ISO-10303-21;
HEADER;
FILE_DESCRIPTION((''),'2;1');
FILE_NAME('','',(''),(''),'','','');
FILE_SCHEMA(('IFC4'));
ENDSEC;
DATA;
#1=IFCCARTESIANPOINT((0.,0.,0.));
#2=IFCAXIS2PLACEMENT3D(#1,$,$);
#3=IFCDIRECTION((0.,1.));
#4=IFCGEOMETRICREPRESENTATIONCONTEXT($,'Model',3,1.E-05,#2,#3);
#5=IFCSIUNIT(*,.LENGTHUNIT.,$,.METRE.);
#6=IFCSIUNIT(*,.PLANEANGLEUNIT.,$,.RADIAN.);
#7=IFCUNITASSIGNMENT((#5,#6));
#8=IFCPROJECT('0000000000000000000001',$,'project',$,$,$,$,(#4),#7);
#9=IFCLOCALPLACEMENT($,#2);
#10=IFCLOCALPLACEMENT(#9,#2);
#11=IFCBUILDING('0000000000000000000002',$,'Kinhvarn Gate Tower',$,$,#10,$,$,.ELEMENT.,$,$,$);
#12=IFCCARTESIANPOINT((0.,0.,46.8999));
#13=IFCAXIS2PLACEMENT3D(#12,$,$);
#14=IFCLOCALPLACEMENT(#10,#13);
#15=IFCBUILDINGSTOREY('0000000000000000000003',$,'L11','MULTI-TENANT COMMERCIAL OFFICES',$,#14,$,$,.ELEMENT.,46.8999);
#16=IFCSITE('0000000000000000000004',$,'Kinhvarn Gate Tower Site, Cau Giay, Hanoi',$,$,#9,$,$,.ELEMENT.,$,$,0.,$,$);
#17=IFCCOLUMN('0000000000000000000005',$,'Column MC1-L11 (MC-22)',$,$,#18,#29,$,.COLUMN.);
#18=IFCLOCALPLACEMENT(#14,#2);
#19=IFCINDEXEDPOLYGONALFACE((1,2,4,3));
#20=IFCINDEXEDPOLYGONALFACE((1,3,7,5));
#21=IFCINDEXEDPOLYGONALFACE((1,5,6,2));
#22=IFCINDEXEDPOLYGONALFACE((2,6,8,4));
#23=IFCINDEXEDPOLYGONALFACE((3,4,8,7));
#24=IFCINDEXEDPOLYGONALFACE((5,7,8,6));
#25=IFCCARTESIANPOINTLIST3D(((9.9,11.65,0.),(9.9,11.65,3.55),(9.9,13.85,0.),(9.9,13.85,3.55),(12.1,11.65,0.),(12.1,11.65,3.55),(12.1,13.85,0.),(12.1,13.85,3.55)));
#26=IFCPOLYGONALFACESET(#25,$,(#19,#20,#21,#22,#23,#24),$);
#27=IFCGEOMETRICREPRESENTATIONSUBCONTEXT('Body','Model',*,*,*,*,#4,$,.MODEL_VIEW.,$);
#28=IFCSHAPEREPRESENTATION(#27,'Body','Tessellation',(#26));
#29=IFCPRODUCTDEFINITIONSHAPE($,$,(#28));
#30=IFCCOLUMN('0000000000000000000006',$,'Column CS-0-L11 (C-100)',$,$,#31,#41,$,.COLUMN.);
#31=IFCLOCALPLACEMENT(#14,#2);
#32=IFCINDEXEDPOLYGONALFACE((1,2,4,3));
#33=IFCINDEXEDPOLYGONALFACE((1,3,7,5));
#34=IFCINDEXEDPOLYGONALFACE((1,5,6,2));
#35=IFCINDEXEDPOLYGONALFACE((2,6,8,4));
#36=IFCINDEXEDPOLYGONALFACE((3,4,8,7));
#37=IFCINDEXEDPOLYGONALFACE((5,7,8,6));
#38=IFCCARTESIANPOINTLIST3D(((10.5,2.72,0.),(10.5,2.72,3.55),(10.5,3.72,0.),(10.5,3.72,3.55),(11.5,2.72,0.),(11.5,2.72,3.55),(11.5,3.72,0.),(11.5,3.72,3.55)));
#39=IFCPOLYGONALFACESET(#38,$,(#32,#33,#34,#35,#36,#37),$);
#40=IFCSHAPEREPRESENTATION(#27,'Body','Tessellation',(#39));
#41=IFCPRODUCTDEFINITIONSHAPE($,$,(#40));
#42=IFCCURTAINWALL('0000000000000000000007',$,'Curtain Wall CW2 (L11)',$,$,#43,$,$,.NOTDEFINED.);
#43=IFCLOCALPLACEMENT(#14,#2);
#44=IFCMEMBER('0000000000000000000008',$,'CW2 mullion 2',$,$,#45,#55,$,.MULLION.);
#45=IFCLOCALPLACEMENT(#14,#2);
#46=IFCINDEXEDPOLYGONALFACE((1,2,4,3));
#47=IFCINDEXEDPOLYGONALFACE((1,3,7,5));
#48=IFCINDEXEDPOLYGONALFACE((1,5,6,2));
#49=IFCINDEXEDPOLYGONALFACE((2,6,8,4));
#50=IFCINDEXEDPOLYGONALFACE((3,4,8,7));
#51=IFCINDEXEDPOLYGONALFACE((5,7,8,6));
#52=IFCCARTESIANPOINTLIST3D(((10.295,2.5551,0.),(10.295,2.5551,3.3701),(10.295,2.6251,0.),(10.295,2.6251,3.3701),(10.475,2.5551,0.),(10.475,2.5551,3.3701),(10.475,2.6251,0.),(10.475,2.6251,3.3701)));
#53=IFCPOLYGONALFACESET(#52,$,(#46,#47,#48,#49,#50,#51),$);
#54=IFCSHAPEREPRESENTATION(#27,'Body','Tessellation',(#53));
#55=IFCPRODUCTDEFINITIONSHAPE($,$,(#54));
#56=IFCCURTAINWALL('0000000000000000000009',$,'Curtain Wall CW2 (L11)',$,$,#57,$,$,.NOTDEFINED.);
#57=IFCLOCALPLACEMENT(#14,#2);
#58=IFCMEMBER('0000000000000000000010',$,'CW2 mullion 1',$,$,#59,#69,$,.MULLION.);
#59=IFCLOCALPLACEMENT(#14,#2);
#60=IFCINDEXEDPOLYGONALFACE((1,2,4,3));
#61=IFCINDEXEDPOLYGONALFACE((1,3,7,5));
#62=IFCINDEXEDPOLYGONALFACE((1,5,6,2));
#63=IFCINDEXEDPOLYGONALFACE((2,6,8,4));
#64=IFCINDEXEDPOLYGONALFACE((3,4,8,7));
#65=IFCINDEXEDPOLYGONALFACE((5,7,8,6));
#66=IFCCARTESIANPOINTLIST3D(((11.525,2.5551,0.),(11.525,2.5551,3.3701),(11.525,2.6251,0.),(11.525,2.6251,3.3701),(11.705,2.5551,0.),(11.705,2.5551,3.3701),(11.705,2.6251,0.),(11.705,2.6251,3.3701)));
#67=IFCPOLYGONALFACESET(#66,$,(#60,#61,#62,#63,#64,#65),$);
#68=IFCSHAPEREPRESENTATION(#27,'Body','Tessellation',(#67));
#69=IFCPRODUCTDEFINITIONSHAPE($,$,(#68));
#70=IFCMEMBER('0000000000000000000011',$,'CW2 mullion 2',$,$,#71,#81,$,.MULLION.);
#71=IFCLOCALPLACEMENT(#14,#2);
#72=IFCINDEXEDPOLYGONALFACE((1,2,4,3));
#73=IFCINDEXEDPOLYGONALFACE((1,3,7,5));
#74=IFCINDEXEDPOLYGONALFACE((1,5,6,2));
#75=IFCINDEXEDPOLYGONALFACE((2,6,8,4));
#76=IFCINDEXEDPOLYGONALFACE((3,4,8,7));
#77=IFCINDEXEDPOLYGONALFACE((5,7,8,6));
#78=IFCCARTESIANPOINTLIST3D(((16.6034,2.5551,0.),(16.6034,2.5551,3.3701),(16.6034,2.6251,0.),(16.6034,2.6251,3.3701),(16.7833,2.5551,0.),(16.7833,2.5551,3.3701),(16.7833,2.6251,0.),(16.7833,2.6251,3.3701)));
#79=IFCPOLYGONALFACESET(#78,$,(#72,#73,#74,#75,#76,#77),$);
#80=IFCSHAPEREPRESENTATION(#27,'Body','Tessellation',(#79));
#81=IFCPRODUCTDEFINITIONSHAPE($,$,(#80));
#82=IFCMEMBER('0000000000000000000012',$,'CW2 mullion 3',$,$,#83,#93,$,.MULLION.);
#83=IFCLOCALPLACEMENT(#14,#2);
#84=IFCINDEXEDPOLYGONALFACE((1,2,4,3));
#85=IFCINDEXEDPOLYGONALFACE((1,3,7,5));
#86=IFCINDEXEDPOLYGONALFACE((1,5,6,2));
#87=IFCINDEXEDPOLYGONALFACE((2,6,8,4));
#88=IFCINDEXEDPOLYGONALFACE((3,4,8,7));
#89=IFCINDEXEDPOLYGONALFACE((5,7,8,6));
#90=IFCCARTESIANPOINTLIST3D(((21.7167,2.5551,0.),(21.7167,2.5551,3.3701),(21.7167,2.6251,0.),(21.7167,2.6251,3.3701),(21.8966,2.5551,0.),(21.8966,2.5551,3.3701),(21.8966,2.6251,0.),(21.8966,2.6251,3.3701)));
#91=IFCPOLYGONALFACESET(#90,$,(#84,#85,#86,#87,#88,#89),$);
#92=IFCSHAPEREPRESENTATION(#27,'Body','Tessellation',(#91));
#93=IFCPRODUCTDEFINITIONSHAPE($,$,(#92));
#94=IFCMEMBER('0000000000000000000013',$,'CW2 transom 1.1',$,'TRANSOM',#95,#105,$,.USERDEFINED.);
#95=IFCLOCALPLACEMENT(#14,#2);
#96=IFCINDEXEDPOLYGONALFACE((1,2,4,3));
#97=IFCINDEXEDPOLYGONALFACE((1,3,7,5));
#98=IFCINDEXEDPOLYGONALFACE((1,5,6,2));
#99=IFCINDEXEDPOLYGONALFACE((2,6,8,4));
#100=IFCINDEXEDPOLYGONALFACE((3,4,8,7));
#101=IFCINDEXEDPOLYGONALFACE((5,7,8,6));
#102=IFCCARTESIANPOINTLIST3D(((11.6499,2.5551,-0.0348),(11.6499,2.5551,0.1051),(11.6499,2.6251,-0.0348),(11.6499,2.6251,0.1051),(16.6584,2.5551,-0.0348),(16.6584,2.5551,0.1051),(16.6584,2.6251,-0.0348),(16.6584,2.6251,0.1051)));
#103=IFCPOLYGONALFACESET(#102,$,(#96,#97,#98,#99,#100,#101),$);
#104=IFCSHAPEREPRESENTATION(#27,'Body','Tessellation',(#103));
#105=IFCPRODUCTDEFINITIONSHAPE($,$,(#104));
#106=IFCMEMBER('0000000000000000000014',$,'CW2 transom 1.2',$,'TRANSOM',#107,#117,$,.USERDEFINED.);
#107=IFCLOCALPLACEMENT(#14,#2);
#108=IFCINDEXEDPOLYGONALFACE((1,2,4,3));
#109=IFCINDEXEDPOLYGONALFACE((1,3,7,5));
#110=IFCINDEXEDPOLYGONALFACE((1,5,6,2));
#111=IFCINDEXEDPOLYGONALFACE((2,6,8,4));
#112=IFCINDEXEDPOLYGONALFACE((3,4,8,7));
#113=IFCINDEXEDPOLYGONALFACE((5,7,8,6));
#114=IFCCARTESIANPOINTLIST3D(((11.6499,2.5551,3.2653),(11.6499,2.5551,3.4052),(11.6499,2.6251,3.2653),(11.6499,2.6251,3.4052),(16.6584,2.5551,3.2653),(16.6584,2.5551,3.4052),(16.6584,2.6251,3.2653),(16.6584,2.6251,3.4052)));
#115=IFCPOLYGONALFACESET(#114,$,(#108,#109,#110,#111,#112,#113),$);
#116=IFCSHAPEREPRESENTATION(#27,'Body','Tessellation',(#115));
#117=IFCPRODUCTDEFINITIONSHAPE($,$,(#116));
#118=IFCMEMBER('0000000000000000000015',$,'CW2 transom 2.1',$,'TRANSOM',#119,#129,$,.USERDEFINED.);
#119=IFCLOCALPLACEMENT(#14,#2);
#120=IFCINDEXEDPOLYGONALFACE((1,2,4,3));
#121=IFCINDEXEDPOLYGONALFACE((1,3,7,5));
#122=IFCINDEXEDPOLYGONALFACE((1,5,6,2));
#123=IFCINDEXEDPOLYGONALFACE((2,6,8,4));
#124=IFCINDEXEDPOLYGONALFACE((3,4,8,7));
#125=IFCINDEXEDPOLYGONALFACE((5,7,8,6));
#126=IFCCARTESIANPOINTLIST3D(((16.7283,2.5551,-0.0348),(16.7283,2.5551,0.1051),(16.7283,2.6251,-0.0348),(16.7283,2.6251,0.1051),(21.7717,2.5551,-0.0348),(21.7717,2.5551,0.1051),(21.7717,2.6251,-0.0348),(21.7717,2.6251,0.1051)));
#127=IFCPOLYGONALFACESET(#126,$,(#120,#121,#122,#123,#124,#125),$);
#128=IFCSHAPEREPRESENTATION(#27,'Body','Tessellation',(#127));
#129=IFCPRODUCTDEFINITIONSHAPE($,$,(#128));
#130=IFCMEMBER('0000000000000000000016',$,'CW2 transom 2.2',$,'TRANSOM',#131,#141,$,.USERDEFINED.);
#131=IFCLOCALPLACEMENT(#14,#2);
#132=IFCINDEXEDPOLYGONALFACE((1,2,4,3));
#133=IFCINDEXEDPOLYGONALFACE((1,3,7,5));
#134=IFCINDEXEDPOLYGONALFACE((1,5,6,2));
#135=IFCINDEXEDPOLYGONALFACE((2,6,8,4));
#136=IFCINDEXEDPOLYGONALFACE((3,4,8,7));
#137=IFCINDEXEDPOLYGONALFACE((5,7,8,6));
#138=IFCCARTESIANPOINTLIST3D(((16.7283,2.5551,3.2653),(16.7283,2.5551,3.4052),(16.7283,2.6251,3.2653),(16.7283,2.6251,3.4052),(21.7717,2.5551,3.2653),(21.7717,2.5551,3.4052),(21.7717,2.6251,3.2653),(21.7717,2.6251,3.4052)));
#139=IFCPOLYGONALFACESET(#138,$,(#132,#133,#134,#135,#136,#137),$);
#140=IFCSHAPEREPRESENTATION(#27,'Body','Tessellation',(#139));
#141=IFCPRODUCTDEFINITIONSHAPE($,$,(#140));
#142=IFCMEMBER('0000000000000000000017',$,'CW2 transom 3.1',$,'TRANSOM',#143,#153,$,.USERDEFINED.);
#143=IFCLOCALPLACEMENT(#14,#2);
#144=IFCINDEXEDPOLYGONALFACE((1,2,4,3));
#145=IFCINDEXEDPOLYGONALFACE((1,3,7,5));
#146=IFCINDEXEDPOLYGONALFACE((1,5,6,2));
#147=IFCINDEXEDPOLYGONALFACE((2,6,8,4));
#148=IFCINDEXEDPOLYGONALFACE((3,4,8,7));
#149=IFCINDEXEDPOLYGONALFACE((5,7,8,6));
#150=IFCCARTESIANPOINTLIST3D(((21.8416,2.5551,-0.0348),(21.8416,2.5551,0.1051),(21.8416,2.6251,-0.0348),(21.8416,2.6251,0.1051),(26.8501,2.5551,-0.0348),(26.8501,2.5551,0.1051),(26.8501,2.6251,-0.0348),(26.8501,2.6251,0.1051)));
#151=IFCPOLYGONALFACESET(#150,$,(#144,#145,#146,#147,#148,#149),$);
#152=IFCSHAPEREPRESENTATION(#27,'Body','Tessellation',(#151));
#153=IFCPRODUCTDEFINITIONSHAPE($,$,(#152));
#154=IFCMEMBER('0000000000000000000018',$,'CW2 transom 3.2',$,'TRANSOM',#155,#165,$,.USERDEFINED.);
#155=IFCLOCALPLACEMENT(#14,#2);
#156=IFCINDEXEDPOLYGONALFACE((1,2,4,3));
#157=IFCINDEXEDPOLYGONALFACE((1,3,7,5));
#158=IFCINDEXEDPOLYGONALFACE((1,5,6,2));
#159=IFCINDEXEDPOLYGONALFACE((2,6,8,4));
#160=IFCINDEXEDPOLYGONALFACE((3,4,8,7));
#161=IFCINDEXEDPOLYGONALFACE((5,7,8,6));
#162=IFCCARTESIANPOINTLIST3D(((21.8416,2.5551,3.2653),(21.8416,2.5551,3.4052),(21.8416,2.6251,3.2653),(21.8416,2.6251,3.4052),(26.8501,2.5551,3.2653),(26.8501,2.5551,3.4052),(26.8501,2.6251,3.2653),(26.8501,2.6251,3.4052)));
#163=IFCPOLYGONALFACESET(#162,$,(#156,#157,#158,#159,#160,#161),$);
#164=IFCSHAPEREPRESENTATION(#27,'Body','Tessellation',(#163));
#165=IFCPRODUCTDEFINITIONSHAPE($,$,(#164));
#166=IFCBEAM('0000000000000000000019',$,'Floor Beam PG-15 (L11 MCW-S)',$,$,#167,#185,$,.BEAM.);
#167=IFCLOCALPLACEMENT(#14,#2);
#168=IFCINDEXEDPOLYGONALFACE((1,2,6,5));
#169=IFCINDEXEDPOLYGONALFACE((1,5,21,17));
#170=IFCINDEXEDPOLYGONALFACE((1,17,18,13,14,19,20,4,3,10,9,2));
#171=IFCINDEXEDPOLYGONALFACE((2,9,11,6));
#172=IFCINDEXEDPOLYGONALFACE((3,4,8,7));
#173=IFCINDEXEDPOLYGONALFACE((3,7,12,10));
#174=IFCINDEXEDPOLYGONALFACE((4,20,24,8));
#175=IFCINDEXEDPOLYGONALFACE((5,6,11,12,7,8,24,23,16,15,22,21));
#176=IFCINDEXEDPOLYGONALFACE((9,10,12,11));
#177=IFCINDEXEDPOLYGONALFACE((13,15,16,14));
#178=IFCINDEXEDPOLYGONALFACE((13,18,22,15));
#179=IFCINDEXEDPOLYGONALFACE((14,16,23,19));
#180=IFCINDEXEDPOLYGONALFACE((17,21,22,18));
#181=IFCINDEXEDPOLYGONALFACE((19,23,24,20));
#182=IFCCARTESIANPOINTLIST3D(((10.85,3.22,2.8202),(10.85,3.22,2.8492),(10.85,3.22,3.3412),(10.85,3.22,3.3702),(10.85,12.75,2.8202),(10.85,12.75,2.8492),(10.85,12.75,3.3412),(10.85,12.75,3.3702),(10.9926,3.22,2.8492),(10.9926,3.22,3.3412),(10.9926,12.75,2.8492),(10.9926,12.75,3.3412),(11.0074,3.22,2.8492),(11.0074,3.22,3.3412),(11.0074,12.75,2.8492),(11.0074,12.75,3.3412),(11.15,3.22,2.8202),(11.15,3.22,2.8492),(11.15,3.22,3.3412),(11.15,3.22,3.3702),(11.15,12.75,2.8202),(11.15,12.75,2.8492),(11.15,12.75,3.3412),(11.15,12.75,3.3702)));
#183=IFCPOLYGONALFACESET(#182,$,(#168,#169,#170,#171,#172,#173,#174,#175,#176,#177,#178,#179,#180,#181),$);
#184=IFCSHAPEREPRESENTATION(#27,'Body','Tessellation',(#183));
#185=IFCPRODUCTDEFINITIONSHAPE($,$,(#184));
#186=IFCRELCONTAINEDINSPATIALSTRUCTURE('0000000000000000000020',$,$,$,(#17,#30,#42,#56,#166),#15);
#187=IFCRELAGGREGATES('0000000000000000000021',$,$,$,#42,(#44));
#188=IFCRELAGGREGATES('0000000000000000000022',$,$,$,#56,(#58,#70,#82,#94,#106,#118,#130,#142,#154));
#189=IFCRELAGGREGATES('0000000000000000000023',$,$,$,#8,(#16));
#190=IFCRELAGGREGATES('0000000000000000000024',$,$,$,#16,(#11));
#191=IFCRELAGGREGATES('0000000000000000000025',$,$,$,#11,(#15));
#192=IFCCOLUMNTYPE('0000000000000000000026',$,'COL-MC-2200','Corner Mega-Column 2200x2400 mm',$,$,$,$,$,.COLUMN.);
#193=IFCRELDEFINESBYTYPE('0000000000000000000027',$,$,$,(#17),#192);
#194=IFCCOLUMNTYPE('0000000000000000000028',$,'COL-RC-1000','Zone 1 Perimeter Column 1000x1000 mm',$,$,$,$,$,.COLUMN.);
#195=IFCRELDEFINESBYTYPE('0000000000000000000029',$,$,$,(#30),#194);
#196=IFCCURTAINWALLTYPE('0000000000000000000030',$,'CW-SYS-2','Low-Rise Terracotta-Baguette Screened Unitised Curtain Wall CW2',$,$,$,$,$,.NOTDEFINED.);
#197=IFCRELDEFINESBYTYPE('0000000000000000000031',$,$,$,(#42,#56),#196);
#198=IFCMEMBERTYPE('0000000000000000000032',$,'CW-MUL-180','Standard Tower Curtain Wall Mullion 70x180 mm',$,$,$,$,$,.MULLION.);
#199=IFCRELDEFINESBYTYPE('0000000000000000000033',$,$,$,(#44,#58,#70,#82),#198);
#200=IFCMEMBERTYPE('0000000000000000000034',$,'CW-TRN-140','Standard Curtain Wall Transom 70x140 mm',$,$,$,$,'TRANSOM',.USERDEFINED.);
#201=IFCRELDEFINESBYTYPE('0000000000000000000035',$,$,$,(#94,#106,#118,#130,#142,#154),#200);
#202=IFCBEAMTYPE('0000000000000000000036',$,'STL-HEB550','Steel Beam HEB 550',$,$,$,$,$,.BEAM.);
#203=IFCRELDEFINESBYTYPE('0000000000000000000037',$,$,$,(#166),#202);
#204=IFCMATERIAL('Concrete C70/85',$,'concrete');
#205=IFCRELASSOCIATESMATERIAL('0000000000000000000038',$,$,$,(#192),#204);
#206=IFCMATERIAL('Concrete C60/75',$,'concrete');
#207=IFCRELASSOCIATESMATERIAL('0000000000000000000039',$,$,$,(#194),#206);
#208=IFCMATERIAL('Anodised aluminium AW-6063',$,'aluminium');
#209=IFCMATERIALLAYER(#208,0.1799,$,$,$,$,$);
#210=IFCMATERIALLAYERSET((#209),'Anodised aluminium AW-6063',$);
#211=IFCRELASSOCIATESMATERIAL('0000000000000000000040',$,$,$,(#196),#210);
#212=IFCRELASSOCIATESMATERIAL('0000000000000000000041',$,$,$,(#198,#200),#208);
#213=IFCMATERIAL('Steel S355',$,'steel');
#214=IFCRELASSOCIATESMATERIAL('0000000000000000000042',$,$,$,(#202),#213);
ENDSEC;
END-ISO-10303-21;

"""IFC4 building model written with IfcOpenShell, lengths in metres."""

from ifc_helpers import new_model, si_unit, direction, frame, origin, origin_2d, place, context, subcontext, project, spatial, rectangle, i_section, extrude, material, layer, layer_set, material_profile, profile_set, type_object, element, aggregate, save


model = new_model("IFC4")

# Units and contexts
model_context = context("Model", 3, precision=1e-05, world=origin(), true_north=direction((0.0, 1.0)))
body_context = subcontext(model_context, "Body", "Model", "MODEL_VIEW")
ifc_project = project(units=[si_unit("LENGTHUNIT", "METRE"), si_unit("PLANEANGLEUNIT", "RADIAN")], contexts=[model_context])

# Site, building, storey
site_placement = place(None, origin())
site = spatial("IfcSite", under=ifc_project, at=site_placement, Name="Kinhvarn Gate Tower Site, Cau Giay, Hanoi", CompositionType="ELEMENT", RefElevation=0.0)
building_placement = place(site_placement, origin())
building = spatial("IfcBuilding", under=site, at=building_placement, Name="Kinhvarn Gate Tower", CompositionType="ELEMENT")
storey_placement = place(building_placement, frame((0.0, 0.0, 46.8999)))
storey = spatial("IfcBuildingStorey", under=building, at=storey_placement, Name="L11", Description="MULTI-TENANT COMMERCIAL OFFICES", CompositionType="ELEMENT", Elevation=46.8999)

# Columns
ifc_material_1 = material(Name="Concrete C70/85", Category="concrete")
ifc_material_profile_1 = material_profile(ifc_material_1, rectangle(XDim=2.2, YDim=2.2, at=origin_2d()), Name="RC 2200x2200")
ifc_profile_set_1 = profile_set([ifc_material_profile_1], Name="Concrete C70/85")
column_type_1 = type_object("IfcColumnType", Name="COL-MC-2200", Description="Corner Mega-Column 2200x2400 mm", PredefinedType="COLUMN", material=ifc_profile_set_1)
column_1_placement = place(storey_placement, frame((11.0, 12.75, 0.0), z_axis=(0.0, 0.0, 1.0), x_axis=(1.0, 0.0, 0.0)))
element("IfcColumn", 1, at=column_1_placement, inside=storey, type_object=column_type_1, Name="Column MC1-L11 (MC-22)", PredefinedType="COLUMN", context=body_context, shape_type="SweptSolid", body=[
    extrude(rectangle(XDim=2.2, YDim=2.2, at=origin_2d()), origin(), (0.0, 0.0, 1.0), 3.55),
])
ifc_material_2 = material(Name="Concrete C60/75", Category="concrete")
ifc_material_profile_2 = material_profile(ifc_material_2, rectangle(XDim=1.0, YDim=1.0, at=origin_2d()), Name="RC 1000x1000")
ifc_profile_set_2 = profile_set([ifc_material_profile_2], Name="Concrete C60/75")
column_type_2 = type_object("IfcColumnType", Name="COL-RC-1000", Description="Zone 1 Perimeter Column 1000x1000 mm", PredefinedType="COLUMN", material=ifc_profile_set_2)
column_2_placement = place(storey_placement, frame((11.0, 3.22, 0.0), z_axis=(0.0, 0.0, 1.0), x_axis=(1.0, 0.0, 0.0)))
element("IfcColumn", 2, at=column_2_placement, inside=storey, type_object=column_type_2, Name="Column CS-0-L11 (C-100)", PredefinedType="COLUMN", context=body_context, shape_type="SweptSolid", body=[
    extrude(rectangle(XDim=1.0, YDim=1.0, at=origin_2d()), origin(), (0.0, 0.0, 1.0), 3.55),
])

# Curtain wall, member
ifc_material_3 = material(Name="Anodised aluminium AW-6063", Category="aluminium")
ifc_layer_1 = layer(ifc_material_3, 0.1799)
ifc_layer_set_1 = layer_set([ifc_layer_1], Name="Anodised aluminium AW-6063")
curtain_wall_type = type_object("IfcCurtainWallType", Name="CW-SYS-2", Description="Low-Rise Terracotta-Baguette Screened Unitised Curtain Wall CW2", PredefinedType="NOTDEFINED", material=ifc_layer_set_1)
curtain_wall_1_placement = place(storey_placement, origin())
curtain_wall_1 = element("IfcCurtainWall", 3, at=curtain_wall_1_placement, inside=storey, type_object=curtain_wall_type, Name="Curtain Wall CW2 (L11)", PredefinedType="NOTDEFINED")
ifc_material_profile_3 = material_profile(ifc_material_3, rectangle(XDim=0.0701, YDim=0.1799, at=origin_2d()), Name="ALU 70x180")
ifc_profile_set_3 = profile_set([ifc_material_profile_3], Name="Anodised aluminium AW-6063")
member_type_1 = type_object("IfcMemberType", Name="CW-MUL-180", Description="Standard Tower Curtain Wall Mullion 70x180 mm", PredefinedType="MULLION", material=ifc_profile_set_3)
member_1_placement = place(storey_placement, frame((10.385, 2.5901, 0.0), z_axis=(0.0, 0.0, 1.0), x_axis=(0.0, 1.0, 0.0)))
member_1 = element("IfcMember", 4, at=member_1_placement, type_object=member_type_1, Name="CW2 mullion 2", PredefinedType="MULLION", context=body_context, shape_type="SweptSolid", body=[
    extrude(rectangle(XDim=0.0701, YDim=0.1799, at=origin_2d()), origin(), (0.0, 0.0, 1.0), 3.3701),
])
aggregate(curtain_wall_1, [member_1])

# Curtain wall, members
curtain_wall_2_placement = place(storey_placement, origin())
curtain_wall_2 = element("IfcCurtainWall", 5, at=curtain_wall_2_placement, inside=storey, type_object=curtain_wall_type, Name="Curtain Wall CW2 (L11)", PredefinedType="NOTDEFINED")
member_2_placement = place(storey_placement, frame((11.615, 2.5901, 0.0), z_axis=(0.0, 0.0, 1.0), x_axis=(0.0, 1.0, 0.0)))
member_2 = element("IfcMember", 6, at=member_2_placement, type_object=member_type_1, Name="CW2 mullion 1", PredefinedType="MULLION", context=body_context, shape_type="SweptSolid", body=[
    extrude(rectangle(XDim=0.0701, YDim=0.1799, at=origin_2d()), origin(), (0.0, 0.0, 1.0), 3.3701),
])
member_3_placement = place(storey_placement, frame((16.6934, 2.5901, 0.0), z_axis=(0.0, 0.0, 1.0), x_axis=(0.0, 1.0, 0.0)))
member_3 = element("IfcMember", 7, at=member_3_placement, type_object=member_type_1, Name="CW2 mullion 2", PredefinedType="MULLION", context=body_context, shape_type="SweptSolid", body=[
    extrude(rectangle(XDim=0.0701, YDim=0.1799, at=origin_2d()), origin(), (0.0, 0.0, 1.0), 3.3701),
])
member_4_placement = place(storey_placement, frame((21.8066, 2.5901, 0.0), z_axis=(0.0, 0.0, 1.0), x_axis=(0.0, 1.0, 0.0)))
member_4 = element("IfcMember", 8, at=member_4_placement, type_object=member_type_1, Name="CW2 mullion 3", PredefinedType="MULLION", context=body_context, shape_type="SweptSolid", body=[
    extrude(rectangle(XDim=0.0701, YDim=0.1799, at=origin_2d()), origin(), (0.0, 0.0, 1.0), 3.3701),
])
ifc_material_profile_4 = material_profile(ifc_material_3, rectangle(XDim=0.0701, YDim=0.1399, at=origin_2d()), Name="ALU 70x140")
ifc_profile_set_4 = profile_set([ifc_material_profile_4], Name="Anodised aluminium AW-6063")
member_type_2 = type_object("IfcMemberType", Name="CW-TRN-140", Description="Standard Curtain Wall Transom 70x140 mm", ElementType="TRANSOM", PredefinedType="USERDEFINED", material=ifc_profile_set_4)
member_5_placement = place(storey_placement, frame((11.6499, 2.5901, 0.0352), z_axis=(1.0, 0.0, 0.0), x_axis=(0.0, 1.0, 0.0)))
member_5 = element("IfcMember", 9, at=member_5_placement, type_object=member_type_2, Name="CW2 transom 1.1", ObjectType="TRANSOM", PredefinedType="USERDEFINED", context=body_context, shape_type="SweptSolid", body=[
    extrude(rectangle(XDim=0.0701, YDim=0.1399, at=origin_2d()), origin(), (0.0, 0.0, 1.0), 5.0085),
])
member_6_placement = place(storey_placement, frame((11.6499, 2.5901, 3.3352), z_axis=(1.0, 0.0, 0.0), x_axis=(0.0, 1.0, 0.0)))
member_6 = element("IfcMember", 10, at=member_6_placement, type_object=member_type_2, Name="CW2 transom 1.2", ObjectType="TRANSOM", PredefinedType="USERDEFINED", context=body_context, shape_type="SweptSolid", body=[
    extrude(rectangle(XDim=0.0701, YDim=0.1399, at=origin_2d()), origin(), (0.0, 0.0, 1.0), 5.0085),
])
member_7_placement = place(storey_placement, frame((16.7283, 2.5901, 0.0352), z_axis=(1.0, 0.0, 0.0), x_axis=(0.0, 1.0, 0.0)))
member_7 = element("IfcMember", 11, at=member_7_placement, type_object=member_type_2, Name="CW2 transom 2.1", ObjectType="TRANSOM", PredefinedType="USERDEFINED", context=body_context, shape_type="SweptSolid", body=[
    extrude(rectangle(XDim=0.0701, YDim=0.1399, at=origin_2d()), origin(), (0.0, 0.0, 1.0), 5.0435),
])
member_8_placement = place(storey_placement, frame((16.7283, 2.5901, 3.3352), z_axis=(1.0, 0.0, 0.0), x_axis=(0.0, 1.0, 0.0)))
member_8 = element("IfcMember", 12, at=member_8_placement, type_object=member_type_2, Name="CW2 transom 2.2", ObjectType="TRANSOM", PredefinedType="USERDEFINED", context=body_context, shape_type="SweptSolid", body=[
    extrude(rectangle(XDim=0.0701, YDim=0.1399, at=origin_2d()), origin(), (0.0, 0.0, 1.0), 5.0435),
])
member_9_placement = place(storey_placement, frame((21.8416, 2.5901, 0.0352), z_axis=(1.0, 0.0, 0.0), x_axis=(0.0, 1.0, 0.0)))
member_9 = element("IfcMember", 13, at=member_9_placement, type_object=member_type_2, Name="CW2 transom 3.1", ObjectType="TRANSOM", PredefinedType="USERDEFINED", context=body_context, shape_type="SweptSolid", body=[
    extrude(rectangle(XDim=0.0701, YDim=0.1399, at=origin_2d()), origin(), (0.0, 0.0, 1.0), 5.0085),
])
member_10_placement = place(storey_placement, frame((21.8416, 2.5901, 3.3352), z_axis=(1.0, 0.0, 0.0), x_axis=(0.0, 1.0, 0.0)))
member_10 = element("IfcMember", 14, at=member_10_placement, type_object=member_type_2, Name="CW2 transom 3.2", ObjectType="TRANSOM", PredefinedType="USERDEFINED", context=body_context, shape_type="SweptSolid", body=[
    extrude(rectangle(XDim=0.0701, YDim=0.1399, at=origin_2d()), origin(), (0.0, 0.0, 1.0), 5.0085),
])

# Beam
ifc_material_4 = material(Name="Steel S355", Category="steel")
ifc_material_profile_5 = material_profile(ifc_material_4, i_section(OverallWidth=0.3, OverallDepth=0.55, WebThickness=0.0149, FlangeThickness=0.0291, at=origin_2d()), Name="HEB 550")
ifc_profile_set_5 = profile_set([ifc_material_profile_5], Name="Steel S355")
beam_type_1 = type_object("IfcBeamType", Name="STL-HEB550", Description="Steel Beam HEB 550", PredefinedType="BEAM", material=ifc_profile_set_5)
beam_1_placement = place(storey_placement, frame((11.0, 3.22, 3.0952), z_axis=(0.0, 1.0, 0.0), x_axis=(-1.0, 0.0, 0.0)))
element("IfcBeam", 15, at=beam_1_placement, inside=storey, type_object=beam_type_1, Name="Floor Beam PG-15 (L11 MCW-S)", PredefinedType="BEAM", context=body_context, shape_type="SweptSolid", body=[
    extrude(i_section(OverallWidth=0.3, OverallDepth=0.55, WebThickness=0.0149, FlangeThickness=0.0291, at=origin_2d()), origin(), (0.0, 0.0, 1.0), 9.53),
])

aggregate(curtain_wall_2, [member_2, member_3, member_4, member_5, member_6, member_7, member_8, member_9, member_10])

save(model, "model.ifc")
